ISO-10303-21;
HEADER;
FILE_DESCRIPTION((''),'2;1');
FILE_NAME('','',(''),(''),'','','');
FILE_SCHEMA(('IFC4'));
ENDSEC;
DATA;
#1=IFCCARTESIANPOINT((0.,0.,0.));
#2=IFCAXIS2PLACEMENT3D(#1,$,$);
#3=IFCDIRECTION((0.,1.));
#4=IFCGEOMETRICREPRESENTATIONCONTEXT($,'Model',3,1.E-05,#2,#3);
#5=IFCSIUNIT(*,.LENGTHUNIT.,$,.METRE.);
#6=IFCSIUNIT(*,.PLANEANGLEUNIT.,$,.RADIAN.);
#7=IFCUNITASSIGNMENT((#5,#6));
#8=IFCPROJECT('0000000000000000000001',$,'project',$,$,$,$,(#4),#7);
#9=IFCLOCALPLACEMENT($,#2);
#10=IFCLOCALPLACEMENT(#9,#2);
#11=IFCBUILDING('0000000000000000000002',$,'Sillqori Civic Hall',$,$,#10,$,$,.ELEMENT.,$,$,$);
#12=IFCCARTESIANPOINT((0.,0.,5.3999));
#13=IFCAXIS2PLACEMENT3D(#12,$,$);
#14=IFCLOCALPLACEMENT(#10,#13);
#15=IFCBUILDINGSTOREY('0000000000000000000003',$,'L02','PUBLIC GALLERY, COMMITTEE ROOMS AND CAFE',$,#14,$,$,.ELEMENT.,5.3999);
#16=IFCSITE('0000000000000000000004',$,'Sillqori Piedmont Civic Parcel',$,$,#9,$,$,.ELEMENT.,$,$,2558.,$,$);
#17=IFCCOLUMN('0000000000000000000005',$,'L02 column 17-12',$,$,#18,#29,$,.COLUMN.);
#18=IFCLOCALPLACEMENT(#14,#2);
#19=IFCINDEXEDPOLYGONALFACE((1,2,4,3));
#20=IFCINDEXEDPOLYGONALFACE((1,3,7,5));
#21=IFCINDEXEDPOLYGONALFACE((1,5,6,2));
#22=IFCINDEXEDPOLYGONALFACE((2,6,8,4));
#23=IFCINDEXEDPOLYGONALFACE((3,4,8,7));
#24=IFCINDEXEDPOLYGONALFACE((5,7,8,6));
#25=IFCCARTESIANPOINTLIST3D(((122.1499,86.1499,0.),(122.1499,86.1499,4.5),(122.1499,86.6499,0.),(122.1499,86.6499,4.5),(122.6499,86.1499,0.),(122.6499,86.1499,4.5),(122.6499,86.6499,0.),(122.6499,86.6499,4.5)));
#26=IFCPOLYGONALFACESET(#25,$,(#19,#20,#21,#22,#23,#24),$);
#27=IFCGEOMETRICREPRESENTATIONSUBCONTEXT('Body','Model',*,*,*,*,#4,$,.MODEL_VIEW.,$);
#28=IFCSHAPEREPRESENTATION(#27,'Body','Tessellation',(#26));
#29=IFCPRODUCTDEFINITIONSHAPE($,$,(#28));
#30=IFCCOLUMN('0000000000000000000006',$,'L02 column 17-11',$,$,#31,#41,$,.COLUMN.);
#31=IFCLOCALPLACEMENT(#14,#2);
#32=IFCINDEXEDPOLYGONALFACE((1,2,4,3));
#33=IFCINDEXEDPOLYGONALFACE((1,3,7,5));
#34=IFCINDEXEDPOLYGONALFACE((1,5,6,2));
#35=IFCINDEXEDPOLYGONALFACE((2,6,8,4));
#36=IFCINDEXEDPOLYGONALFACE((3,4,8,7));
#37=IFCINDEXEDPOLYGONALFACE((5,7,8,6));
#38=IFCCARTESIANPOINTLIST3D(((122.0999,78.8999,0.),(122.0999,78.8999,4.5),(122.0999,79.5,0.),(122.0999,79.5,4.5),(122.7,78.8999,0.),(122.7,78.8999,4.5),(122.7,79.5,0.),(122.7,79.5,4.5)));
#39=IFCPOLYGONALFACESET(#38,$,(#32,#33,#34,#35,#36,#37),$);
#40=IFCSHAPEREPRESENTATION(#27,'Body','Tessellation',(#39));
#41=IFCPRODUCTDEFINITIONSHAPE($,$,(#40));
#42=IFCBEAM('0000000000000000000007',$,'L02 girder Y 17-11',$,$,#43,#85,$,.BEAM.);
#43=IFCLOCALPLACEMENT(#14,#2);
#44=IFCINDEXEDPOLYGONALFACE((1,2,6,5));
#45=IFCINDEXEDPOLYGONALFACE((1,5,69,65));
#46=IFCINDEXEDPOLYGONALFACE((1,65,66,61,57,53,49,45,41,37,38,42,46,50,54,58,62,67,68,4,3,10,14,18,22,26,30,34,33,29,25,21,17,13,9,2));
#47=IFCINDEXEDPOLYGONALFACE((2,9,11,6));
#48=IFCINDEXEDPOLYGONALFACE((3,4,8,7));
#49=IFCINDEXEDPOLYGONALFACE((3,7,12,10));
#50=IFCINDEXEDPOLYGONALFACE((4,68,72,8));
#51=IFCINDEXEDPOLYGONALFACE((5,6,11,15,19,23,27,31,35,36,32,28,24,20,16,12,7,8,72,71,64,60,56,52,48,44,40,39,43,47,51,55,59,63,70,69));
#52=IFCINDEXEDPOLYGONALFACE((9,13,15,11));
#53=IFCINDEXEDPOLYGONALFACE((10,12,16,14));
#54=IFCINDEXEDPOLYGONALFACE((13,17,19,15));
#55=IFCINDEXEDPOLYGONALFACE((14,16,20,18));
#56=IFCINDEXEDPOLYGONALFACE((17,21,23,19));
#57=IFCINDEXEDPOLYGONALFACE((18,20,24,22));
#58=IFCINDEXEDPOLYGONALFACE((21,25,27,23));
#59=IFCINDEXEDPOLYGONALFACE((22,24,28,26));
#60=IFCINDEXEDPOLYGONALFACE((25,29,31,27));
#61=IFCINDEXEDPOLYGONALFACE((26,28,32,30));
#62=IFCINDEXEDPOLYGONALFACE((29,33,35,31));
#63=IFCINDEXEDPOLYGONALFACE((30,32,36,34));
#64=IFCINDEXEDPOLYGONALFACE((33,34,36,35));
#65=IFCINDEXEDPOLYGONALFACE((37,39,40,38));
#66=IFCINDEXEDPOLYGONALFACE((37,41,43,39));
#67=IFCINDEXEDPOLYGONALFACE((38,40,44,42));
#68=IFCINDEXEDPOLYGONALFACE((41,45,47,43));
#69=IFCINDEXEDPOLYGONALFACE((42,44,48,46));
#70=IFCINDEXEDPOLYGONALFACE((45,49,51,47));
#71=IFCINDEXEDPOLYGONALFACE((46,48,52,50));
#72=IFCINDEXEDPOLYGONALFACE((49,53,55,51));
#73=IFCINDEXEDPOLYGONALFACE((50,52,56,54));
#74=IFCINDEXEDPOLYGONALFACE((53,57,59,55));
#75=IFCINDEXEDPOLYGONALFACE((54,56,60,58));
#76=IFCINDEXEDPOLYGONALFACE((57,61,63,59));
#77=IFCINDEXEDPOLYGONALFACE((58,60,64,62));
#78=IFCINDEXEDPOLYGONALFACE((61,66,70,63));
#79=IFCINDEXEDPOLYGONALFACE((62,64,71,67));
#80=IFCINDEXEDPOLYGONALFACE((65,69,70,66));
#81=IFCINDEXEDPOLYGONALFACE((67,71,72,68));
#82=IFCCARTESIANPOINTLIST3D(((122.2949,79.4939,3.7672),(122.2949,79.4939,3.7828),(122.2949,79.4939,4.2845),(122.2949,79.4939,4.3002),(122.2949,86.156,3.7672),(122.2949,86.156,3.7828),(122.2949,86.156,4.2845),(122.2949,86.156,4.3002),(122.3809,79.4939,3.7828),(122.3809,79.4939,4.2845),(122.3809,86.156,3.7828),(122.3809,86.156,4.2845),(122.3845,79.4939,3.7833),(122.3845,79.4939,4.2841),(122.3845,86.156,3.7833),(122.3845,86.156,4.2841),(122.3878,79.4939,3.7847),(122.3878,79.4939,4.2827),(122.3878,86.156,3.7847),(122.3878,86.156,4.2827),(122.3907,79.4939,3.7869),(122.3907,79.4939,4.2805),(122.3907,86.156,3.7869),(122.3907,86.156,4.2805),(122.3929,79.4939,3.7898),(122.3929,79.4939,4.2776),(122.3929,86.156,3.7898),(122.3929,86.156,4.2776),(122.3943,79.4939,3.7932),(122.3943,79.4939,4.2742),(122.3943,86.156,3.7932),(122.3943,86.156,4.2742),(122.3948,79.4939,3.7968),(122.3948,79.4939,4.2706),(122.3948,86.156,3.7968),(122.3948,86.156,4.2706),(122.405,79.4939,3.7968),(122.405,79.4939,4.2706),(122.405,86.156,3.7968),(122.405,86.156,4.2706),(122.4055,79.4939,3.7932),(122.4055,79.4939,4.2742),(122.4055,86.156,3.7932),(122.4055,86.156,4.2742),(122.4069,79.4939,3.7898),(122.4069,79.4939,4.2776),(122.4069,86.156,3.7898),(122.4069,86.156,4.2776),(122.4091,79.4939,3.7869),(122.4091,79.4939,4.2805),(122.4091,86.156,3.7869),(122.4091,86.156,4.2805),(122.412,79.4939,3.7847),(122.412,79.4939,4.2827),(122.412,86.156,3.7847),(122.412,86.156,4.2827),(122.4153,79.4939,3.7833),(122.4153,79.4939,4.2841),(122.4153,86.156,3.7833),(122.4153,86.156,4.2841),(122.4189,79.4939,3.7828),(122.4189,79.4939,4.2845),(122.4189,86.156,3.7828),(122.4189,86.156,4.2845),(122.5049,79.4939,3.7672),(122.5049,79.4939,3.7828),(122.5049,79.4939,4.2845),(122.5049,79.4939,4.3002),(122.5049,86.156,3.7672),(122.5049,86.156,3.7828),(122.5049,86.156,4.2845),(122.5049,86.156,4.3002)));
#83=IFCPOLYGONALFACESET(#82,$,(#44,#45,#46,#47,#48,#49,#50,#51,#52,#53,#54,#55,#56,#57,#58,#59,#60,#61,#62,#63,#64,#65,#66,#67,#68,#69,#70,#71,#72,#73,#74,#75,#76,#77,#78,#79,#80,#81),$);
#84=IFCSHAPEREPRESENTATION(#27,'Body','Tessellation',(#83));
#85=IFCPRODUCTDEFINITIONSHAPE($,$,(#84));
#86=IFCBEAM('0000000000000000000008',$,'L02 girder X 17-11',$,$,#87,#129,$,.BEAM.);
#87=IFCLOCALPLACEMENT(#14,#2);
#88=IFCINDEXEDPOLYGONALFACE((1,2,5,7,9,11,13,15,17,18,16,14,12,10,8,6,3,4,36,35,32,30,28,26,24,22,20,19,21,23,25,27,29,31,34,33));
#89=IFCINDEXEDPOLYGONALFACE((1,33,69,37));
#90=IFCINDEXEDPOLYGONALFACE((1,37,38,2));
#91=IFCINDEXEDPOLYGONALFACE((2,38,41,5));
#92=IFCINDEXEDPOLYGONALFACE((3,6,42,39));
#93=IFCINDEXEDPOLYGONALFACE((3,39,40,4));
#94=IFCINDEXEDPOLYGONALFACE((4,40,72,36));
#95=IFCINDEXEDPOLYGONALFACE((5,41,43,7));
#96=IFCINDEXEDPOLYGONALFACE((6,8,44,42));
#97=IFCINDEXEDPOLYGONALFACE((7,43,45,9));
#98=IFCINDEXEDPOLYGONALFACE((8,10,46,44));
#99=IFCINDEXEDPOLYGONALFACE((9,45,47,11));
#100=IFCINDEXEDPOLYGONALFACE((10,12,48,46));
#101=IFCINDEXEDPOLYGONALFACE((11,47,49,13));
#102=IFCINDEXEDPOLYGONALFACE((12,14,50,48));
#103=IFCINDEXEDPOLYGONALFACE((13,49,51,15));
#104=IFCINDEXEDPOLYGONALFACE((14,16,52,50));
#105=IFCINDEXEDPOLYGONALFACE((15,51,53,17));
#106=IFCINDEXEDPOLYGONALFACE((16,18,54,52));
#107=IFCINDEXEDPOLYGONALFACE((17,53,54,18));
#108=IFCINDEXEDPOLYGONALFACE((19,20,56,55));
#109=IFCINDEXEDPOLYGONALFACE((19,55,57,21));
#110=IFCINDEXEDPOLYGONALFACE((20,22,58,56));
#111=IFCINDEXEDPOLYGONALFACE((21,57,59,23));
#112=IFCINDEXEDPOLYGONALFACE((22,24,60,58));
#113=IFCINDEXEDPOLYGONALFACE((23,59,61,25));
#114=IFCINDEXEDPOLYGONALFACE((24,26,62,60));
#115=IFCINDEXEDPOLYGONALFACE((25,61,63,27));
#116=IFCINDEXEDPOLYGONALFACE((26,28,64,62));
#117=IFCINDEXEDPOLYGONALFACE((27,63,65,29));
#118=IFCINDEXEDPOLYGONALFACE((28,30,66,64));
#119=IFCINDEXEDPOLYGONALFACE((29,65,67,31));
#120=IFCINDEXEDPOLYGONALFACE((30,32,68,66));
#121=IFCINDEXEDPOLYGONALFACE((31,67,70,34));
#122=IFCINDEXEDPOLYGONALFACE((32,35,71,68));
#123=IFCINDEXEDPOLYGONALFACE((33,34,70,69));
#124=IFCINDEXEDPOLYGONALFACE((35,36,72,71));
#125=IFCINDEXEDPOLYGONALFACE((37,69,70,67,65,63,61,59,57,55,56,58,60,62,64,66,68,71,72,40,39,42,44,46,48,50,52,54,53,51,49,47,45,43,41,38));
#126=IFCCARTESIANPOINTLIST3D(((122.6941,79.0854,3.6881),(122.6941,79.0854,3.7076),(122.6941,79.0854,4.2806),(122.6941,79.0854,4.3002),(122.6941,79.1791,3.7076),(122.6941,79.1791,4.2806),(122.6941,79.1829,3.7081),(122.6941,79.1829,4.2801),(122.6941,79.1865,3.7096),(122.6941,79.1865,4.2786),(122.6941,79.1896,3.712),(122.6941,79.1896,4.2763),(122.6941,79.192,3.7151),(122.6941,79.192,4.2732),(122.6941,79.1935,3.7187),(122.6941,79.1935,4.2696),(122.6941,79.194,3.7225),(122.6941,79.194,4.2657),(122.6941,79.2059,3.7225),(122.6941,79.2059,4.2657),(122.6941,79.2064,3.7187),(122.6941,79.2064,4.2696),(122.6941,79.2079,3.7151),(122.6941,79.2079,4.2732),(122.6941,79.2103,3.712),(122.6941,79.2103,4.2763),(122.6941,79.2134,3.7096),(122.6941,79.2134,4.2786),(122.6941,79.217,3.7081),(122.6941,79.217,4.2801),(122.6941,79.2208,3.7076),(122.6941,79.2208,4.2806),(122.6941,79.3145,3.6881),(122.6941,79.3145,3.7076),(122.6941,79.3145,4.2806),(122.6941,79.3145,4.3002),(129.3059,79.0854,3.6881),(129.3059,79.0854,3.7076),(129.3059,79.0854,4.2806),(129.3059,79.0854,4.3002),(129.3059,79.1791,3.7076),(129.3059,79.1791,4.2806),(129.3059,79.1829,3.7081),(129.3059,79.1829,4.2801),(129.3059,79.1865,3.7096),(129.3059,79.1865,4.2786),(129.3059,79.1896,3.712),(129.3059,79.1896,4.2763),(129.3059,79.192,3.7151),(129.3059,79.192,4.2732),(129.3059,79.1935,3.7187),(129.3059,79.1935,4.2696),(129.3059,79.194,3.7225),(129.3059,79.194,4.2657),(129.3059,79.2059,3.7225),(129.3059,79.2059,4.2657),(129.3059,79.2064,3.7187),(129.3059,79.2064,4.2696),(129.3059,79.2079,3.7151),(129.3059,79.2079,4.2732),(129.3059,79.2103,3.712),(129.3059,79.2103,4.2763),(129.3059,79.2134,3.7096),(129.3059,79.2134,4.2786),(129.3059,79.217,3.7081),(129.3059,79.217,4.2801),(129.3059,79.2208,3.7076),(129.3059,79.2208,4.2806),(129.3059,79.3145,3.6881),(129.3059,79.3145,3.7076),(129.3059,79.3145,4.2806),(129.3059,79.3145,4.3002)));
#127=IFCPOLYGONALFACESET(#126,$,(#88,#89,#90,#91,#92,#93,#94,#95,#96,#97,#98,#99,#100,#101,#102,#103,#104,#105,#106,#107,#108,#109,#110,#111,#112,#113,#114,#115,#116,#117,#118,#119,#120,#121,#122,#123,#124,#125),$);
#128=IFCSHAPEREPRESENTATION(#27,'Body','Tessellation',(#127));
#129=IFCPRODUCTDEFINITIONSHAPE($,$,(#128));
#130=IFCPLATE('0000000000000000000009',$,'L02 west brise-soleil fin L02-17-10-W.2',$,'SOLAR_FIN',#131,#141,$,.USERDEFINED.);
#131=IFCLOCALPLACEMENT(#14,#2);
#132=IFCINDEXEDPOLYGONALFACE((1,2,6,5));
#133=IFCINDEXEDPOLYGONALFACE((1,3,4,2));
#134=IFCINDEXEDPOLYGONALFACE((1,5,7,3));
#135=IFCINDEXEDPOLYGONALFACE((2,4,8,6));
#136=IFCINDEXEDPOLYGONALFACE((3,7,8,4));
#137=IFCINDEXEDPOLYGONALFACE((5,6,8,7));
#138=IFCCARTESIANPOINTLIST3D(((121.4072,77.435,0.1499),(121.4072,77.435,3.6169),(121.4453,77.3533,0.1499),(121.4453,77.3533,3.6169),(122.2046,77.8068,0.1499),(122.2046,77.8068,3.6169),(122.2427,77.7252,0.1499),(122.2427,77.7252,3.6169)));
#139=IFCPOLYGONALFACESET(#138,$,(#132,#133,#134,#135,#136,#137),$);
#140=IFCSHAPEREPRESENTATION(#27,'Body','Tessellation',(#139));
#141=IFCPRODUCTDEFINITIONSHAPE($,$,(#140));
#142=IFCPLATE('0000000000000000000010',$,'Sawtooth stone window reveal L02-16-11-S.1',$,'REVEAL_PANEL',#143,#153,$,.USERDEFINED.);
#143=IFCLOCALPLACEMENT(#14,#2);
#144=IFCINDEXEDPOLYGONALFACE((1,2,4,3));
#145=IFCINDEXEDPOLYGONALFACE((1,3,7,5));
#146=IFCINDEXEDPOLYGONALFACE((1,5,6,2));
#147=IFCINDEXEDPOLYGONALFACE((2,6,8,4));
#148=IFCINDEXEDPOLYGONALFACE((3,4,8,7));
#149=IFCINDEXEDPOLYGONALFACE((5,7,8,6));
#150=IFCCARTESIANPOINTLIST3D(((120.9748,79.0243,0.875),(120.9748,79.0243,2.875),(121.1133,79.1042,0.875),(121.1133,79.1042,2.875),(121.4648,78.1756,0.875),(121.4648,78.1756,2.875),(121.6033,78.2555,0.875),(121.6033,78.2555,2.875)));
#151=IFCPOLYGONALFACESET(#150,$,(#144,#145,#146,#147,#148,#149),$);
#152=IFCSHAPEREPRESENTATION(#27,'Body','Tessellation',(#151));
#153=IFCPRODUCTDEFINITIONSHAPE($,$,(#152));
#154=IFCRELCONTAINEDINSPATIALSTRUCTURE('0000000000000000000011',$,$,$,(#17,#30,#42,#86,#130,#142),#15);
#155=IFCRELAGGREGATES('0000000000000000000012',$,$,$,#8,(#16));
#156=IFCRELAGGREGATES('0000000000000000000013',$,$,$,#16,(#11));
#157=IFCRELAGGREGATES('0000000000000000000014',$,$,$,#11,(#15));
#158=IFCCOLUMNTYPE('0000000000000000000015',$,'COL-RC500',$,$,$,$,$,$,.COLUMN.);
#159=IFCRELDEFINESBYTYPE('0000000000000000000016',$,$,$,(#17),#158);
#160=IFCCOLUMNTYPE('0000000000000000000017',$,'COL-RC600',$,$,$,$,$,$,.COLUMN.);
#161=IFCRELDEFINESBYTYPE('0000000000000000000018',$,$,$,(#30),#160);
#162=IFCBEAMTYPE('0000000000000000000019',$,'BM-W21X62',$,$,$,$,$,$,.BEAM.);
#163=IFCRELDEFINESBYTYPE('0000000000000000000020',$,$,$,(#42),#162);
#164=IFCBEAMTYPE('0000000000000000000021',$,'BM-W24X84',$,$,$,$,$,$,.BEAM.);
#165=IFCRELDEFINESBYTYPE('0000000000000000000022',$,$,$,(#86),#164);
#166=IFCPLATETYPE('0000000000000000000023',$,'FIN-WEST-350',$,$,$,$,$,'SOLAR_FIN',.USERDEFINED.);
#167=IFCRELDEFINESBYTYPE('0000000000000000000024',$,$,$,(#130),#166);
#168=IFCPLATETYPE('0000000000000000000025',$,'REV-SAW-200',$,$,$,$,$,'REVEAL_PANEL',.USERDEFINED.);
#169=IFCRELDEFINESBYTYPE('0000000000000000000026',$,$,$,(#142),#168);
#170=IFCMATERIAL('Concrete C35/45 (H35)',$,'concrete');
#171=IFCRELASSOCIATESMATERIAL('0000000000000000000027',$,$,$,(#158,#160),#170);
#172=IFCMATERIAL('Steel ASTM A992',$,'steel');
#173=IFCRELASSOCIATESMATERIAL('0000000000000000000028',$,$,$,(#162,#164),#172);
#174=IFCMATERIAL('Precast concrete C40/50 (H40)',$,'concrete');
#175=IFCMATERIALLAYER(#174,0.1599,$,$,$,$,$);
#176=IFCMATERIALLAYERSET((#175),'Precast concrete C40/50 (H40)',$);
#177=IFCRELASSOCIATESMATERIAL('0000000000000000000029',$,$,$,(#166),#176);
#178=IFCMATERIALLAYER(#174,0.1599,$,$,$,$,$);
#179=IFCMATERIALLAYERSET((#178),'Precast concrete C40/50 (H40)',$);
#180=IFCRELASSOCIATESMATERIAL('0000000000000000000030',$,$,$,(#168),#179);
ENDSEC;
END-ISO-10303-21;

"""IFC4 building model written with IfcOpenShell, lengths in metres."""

from ifc_helpers import new_model, si_unit, direction, frame, origin, origin_2d, place, context, subcontext, project, spatial, rectangle, i_section, extrude, material, layer, layer_set, material_profile, profile_set, type_object, element, save


model = new_model("IFC4")

# Units and contexts
model_context = context("Model", 3, precision=1e-05, world=origin(), true_north=direction((0.0, 1.0)))
body_context = subcontext(model_context, "Body", "Model", "MODEL_VIEW")
ifc_project = project(units=[si_unit("LENGTHUNIT", "METRE"), si_unit("PLANEANGLEUNIT", "RADIAN")], contexts=[model_context])

# Site, building, storey
site_placement = place(None, origin())
site = spatial("IfcSite", under=ifc_project, at=site_placement, Name="Sillqori Piedmont Civic Parcel", CompositionType="ELEMENT", RefElevation=2558.0)
building_placement = place(site_placement, origin())
building = spatial("IfcBuilding", under=site, at=building_placement, Name="Sillqori Civic Hall", CompositionType="ELEMENT")
storey_placement = place(building_placement, frame((0.0, 0.0, 5.3999)))
storey = spatial("IfcBuildingStorey", under=building, at=storey_placement, Name="L02", Description="PUBLIC GALLERY, COMMITTEE ROOMS AND CAFE", CompositionType="ELEMENT", Elevation=5.3999)

# Columns
ifc_material_1 = material(Name="Concrete C35/45 (H35)", Category="concrete")
ifc_material_profile_1 = material_profile(ifc_material_1, rectangle(XDim=0.5, YDim=0.5, at=origin_2d()), Name="RC 500x500")
ifc_profile_set_1 = profile_set([ifc_material_profile_1], Name="Concrete C35/45 (H35)")
column_type_1 = type_object("IfcColumnType", Name="COL-RC500", PredefinedType="COLUMN", material=ifc_profile_set_1)
column_1_placement = place(storey_placement, frame((122.3999, 86.3999, 0.0), z_axis=(0.0, 0.0, 1.0), x_axis=(1.0, 0.0, 0.0)))
element("IfcColumn", 1, at=column_1_placement, inside=storey, type_object=column_type_1, Name="L02 column 17-12", PredefinedType="COLUMN", context=body_context, shape_type="SweptSolid", body=[
    extrude(rectangle(XDim=0.5, YDim=0.5, at=origin_2d()), origin(), (0.0, 0.0, 1.0), 4.5),
])
ifc_material_profile_2 = material_profile(ifc_material_1, rectangle(XDim=0.6001, YDim=0.6001, at=origin_2d()), Name="RC 600x600")
ifc_profile_set_2 = profile_set([ifc_material_profile_2], Name="Concrete C35/45 (H35)")
column_type_2 = type_object("IfcColumnType", Name="COL-RC600", PredefinedType="COLUMN", material=ifc_profile_set_2)
column_2_placement = place(storey_placement, frame((122.3999, 79.2, 0.0), z_axis=(0.0, 0.0, 1.0), x_axis=(1.0, 0.0, 0.0)))
element("IfcColumn", 2, at=column_2_placement, inside=storey, type_object=column_type_2, Name="L02 column 17-11", PredefinedType="COLUMN", context=body_context, shape_type="SweptSolid", body=[
    extrude(rectangle(XDim=0.6001, YDim=0.6001, at=origin_2d()), origin(), (0.0, 0.0, 1.0), 4.5),
])

# Beams
ifc_material_2 = material(Name="Steel ASTM A992", Category="steel")
ifc_material_profile_3 = material_profile(ifc_material_2, i_section(OverallWidth=0.21, OverallDepth=0.533, WebThickness=0.0103, FlangeThickness=0.0156, FilletRadius=0.0139, at=origin_2d()), Name="W21X62")
ifc_profile_set_3 = profile_set([ifc_material_profile_3], Name="Steel ASTM A992")
beam_type_1 = type_object("IfcBeamType", Name="BM-W21X62", PredefinedType="BEAM", material=ifc_profile_set_3)
beam_1_placement = place(storey_placement, frame((122.3999, 79.4939, 4.0337), z_axis=(0.0, 1.0, 0.0), x_axis=(-1.0, 0.0, 0.0)))
element("IfcBeam", 3, at=beam_1_placement, inside=storey, type_object=beam_type_1, Name="L02 girder Y 17-11", PredefinedType="BEAM", context=body_context, shape_type="SweptSolid", body=[
    extrude(i_section(OverallWidth=0.21, OverallDepth=0.533, WebThickness=0.0103, FlangeThickness=0.0156, FilletRadius=0.0139, at=origin_2d()), origin(), (0.0, 0.0, 1.0), 6.6621),
])
ifc_material_profile_4 = material_profile(ifc_material_2, i_section(OverallWidth=0.229, OverallDepth=0.6121, WebThickness=0.012, FlangeThickness=0.0195, FilletRadius=0.0149, at=origin_2d()), Name="W24X84")
ifc_profile_set_4 = profile_set([ifc_material_profile_4], Name="Steel ASTM A992")
beam_type_2 = type_object("IfcBeamType", Name="BM-W24X84", PredefinedType="BEAM", material=ifc_profile_set_4)
beam_2_placement = place(storey_placement, frame((122.6941, 79.2, 3.9941), z_axis=(1.0, 0.0, 0.0), x_axis=(0.0, 1.0, 0.0)))
element("IfcBeam", 4, at=beam_2_placement, inside=storey, type_object=beam_type_2, Name="L02 girder X 17-11", PredefinedType="BEAM", context=body_context, shape_type="SweptSolid", body=[
    extrude(i_section(OverallWidth=0.229, OverallDepth=0.6121, WebThickness=0.012, FlangeThickness=0.0195, FilletRadius=0.0149, at=origin_2d()), origin(), (0.0, 0.0, 1.0), 6.6118),
])

# Plates
ifc_material_3 = material(Name="Precast concrete C40/50 (H40)", Category="concrete")
ifc_layer_1 = layer(ifc_material_3, 0.1599)
ifc_layer_set_1 = layer_set([ifc_layer_1], Name="Precast concrete C40/50 (H40)")
plate_type_1 = type_object("IfcPlateType", Name="FIN-WEST-350", ElementType="SOLAR_FIN", PredefinedType="USERDEFINED", material=ifc_layer_set_1)
plate_1_placement = place(storey_placement, frame((121.825, 77.5801, 0.1499), z_axis=(0.0, 0.0, 1.0), x_axis=(-0.422618, 0.906308, 0.0)))
element("IfcPlate", 5, at=plate_1_placement, inside=storey, type_object=plate_type_1, Name="L02 west brise-soleil fin L02-17-10-W.2", ObjectType="SOLAR_FIN", PredefinedType="USERDEFINED", context=body_context, shape_type="SweptSolid", body=[
    extrude(rectangle(XDim=0.0901, YDim=0.8799, at=origin_2d()), origin(), (0.0, 0.0, 1.0), 3.467),
])
ifc_layer_2 = layer(ifc_material_3, 0.1599)
ifc_layer_set_2 = layer_set([ifc_layer_2], Name="Precast concrete C40/50 (H40)")
plate_type_2 = type_object("IfcPlateType", Name="REV-SAW-200", ElementType="REVEAL_PANEL", PredefinedType="USERDEFINED", material=ifc_layer_set_2)
plate_2_placement = place(storey_placement, frame((121.2891, 78.6399, 0.875), z_axis=(0.0, 0.0, 1.0), x_axis=(-0.866025, -0.5, 0.0)))
element("IfcPlate", 6, at=plate_2_placement, inside=storey, type_object=plate_type_2, Name="Sawtooth stone window reveal L02-16-11-S.1", ObjectType="REVEAL_PANEL", PredefinedType="USERDEFINED", context=body_context, shape_type="SweptSolid", body=[
    extrude(rectangle(XDim=0.1599, YDim=0.98, at=origin_2d()), origin(), (0.0, 0.0, 1.0), 2.0),
])

save(model, "model.ifc")
